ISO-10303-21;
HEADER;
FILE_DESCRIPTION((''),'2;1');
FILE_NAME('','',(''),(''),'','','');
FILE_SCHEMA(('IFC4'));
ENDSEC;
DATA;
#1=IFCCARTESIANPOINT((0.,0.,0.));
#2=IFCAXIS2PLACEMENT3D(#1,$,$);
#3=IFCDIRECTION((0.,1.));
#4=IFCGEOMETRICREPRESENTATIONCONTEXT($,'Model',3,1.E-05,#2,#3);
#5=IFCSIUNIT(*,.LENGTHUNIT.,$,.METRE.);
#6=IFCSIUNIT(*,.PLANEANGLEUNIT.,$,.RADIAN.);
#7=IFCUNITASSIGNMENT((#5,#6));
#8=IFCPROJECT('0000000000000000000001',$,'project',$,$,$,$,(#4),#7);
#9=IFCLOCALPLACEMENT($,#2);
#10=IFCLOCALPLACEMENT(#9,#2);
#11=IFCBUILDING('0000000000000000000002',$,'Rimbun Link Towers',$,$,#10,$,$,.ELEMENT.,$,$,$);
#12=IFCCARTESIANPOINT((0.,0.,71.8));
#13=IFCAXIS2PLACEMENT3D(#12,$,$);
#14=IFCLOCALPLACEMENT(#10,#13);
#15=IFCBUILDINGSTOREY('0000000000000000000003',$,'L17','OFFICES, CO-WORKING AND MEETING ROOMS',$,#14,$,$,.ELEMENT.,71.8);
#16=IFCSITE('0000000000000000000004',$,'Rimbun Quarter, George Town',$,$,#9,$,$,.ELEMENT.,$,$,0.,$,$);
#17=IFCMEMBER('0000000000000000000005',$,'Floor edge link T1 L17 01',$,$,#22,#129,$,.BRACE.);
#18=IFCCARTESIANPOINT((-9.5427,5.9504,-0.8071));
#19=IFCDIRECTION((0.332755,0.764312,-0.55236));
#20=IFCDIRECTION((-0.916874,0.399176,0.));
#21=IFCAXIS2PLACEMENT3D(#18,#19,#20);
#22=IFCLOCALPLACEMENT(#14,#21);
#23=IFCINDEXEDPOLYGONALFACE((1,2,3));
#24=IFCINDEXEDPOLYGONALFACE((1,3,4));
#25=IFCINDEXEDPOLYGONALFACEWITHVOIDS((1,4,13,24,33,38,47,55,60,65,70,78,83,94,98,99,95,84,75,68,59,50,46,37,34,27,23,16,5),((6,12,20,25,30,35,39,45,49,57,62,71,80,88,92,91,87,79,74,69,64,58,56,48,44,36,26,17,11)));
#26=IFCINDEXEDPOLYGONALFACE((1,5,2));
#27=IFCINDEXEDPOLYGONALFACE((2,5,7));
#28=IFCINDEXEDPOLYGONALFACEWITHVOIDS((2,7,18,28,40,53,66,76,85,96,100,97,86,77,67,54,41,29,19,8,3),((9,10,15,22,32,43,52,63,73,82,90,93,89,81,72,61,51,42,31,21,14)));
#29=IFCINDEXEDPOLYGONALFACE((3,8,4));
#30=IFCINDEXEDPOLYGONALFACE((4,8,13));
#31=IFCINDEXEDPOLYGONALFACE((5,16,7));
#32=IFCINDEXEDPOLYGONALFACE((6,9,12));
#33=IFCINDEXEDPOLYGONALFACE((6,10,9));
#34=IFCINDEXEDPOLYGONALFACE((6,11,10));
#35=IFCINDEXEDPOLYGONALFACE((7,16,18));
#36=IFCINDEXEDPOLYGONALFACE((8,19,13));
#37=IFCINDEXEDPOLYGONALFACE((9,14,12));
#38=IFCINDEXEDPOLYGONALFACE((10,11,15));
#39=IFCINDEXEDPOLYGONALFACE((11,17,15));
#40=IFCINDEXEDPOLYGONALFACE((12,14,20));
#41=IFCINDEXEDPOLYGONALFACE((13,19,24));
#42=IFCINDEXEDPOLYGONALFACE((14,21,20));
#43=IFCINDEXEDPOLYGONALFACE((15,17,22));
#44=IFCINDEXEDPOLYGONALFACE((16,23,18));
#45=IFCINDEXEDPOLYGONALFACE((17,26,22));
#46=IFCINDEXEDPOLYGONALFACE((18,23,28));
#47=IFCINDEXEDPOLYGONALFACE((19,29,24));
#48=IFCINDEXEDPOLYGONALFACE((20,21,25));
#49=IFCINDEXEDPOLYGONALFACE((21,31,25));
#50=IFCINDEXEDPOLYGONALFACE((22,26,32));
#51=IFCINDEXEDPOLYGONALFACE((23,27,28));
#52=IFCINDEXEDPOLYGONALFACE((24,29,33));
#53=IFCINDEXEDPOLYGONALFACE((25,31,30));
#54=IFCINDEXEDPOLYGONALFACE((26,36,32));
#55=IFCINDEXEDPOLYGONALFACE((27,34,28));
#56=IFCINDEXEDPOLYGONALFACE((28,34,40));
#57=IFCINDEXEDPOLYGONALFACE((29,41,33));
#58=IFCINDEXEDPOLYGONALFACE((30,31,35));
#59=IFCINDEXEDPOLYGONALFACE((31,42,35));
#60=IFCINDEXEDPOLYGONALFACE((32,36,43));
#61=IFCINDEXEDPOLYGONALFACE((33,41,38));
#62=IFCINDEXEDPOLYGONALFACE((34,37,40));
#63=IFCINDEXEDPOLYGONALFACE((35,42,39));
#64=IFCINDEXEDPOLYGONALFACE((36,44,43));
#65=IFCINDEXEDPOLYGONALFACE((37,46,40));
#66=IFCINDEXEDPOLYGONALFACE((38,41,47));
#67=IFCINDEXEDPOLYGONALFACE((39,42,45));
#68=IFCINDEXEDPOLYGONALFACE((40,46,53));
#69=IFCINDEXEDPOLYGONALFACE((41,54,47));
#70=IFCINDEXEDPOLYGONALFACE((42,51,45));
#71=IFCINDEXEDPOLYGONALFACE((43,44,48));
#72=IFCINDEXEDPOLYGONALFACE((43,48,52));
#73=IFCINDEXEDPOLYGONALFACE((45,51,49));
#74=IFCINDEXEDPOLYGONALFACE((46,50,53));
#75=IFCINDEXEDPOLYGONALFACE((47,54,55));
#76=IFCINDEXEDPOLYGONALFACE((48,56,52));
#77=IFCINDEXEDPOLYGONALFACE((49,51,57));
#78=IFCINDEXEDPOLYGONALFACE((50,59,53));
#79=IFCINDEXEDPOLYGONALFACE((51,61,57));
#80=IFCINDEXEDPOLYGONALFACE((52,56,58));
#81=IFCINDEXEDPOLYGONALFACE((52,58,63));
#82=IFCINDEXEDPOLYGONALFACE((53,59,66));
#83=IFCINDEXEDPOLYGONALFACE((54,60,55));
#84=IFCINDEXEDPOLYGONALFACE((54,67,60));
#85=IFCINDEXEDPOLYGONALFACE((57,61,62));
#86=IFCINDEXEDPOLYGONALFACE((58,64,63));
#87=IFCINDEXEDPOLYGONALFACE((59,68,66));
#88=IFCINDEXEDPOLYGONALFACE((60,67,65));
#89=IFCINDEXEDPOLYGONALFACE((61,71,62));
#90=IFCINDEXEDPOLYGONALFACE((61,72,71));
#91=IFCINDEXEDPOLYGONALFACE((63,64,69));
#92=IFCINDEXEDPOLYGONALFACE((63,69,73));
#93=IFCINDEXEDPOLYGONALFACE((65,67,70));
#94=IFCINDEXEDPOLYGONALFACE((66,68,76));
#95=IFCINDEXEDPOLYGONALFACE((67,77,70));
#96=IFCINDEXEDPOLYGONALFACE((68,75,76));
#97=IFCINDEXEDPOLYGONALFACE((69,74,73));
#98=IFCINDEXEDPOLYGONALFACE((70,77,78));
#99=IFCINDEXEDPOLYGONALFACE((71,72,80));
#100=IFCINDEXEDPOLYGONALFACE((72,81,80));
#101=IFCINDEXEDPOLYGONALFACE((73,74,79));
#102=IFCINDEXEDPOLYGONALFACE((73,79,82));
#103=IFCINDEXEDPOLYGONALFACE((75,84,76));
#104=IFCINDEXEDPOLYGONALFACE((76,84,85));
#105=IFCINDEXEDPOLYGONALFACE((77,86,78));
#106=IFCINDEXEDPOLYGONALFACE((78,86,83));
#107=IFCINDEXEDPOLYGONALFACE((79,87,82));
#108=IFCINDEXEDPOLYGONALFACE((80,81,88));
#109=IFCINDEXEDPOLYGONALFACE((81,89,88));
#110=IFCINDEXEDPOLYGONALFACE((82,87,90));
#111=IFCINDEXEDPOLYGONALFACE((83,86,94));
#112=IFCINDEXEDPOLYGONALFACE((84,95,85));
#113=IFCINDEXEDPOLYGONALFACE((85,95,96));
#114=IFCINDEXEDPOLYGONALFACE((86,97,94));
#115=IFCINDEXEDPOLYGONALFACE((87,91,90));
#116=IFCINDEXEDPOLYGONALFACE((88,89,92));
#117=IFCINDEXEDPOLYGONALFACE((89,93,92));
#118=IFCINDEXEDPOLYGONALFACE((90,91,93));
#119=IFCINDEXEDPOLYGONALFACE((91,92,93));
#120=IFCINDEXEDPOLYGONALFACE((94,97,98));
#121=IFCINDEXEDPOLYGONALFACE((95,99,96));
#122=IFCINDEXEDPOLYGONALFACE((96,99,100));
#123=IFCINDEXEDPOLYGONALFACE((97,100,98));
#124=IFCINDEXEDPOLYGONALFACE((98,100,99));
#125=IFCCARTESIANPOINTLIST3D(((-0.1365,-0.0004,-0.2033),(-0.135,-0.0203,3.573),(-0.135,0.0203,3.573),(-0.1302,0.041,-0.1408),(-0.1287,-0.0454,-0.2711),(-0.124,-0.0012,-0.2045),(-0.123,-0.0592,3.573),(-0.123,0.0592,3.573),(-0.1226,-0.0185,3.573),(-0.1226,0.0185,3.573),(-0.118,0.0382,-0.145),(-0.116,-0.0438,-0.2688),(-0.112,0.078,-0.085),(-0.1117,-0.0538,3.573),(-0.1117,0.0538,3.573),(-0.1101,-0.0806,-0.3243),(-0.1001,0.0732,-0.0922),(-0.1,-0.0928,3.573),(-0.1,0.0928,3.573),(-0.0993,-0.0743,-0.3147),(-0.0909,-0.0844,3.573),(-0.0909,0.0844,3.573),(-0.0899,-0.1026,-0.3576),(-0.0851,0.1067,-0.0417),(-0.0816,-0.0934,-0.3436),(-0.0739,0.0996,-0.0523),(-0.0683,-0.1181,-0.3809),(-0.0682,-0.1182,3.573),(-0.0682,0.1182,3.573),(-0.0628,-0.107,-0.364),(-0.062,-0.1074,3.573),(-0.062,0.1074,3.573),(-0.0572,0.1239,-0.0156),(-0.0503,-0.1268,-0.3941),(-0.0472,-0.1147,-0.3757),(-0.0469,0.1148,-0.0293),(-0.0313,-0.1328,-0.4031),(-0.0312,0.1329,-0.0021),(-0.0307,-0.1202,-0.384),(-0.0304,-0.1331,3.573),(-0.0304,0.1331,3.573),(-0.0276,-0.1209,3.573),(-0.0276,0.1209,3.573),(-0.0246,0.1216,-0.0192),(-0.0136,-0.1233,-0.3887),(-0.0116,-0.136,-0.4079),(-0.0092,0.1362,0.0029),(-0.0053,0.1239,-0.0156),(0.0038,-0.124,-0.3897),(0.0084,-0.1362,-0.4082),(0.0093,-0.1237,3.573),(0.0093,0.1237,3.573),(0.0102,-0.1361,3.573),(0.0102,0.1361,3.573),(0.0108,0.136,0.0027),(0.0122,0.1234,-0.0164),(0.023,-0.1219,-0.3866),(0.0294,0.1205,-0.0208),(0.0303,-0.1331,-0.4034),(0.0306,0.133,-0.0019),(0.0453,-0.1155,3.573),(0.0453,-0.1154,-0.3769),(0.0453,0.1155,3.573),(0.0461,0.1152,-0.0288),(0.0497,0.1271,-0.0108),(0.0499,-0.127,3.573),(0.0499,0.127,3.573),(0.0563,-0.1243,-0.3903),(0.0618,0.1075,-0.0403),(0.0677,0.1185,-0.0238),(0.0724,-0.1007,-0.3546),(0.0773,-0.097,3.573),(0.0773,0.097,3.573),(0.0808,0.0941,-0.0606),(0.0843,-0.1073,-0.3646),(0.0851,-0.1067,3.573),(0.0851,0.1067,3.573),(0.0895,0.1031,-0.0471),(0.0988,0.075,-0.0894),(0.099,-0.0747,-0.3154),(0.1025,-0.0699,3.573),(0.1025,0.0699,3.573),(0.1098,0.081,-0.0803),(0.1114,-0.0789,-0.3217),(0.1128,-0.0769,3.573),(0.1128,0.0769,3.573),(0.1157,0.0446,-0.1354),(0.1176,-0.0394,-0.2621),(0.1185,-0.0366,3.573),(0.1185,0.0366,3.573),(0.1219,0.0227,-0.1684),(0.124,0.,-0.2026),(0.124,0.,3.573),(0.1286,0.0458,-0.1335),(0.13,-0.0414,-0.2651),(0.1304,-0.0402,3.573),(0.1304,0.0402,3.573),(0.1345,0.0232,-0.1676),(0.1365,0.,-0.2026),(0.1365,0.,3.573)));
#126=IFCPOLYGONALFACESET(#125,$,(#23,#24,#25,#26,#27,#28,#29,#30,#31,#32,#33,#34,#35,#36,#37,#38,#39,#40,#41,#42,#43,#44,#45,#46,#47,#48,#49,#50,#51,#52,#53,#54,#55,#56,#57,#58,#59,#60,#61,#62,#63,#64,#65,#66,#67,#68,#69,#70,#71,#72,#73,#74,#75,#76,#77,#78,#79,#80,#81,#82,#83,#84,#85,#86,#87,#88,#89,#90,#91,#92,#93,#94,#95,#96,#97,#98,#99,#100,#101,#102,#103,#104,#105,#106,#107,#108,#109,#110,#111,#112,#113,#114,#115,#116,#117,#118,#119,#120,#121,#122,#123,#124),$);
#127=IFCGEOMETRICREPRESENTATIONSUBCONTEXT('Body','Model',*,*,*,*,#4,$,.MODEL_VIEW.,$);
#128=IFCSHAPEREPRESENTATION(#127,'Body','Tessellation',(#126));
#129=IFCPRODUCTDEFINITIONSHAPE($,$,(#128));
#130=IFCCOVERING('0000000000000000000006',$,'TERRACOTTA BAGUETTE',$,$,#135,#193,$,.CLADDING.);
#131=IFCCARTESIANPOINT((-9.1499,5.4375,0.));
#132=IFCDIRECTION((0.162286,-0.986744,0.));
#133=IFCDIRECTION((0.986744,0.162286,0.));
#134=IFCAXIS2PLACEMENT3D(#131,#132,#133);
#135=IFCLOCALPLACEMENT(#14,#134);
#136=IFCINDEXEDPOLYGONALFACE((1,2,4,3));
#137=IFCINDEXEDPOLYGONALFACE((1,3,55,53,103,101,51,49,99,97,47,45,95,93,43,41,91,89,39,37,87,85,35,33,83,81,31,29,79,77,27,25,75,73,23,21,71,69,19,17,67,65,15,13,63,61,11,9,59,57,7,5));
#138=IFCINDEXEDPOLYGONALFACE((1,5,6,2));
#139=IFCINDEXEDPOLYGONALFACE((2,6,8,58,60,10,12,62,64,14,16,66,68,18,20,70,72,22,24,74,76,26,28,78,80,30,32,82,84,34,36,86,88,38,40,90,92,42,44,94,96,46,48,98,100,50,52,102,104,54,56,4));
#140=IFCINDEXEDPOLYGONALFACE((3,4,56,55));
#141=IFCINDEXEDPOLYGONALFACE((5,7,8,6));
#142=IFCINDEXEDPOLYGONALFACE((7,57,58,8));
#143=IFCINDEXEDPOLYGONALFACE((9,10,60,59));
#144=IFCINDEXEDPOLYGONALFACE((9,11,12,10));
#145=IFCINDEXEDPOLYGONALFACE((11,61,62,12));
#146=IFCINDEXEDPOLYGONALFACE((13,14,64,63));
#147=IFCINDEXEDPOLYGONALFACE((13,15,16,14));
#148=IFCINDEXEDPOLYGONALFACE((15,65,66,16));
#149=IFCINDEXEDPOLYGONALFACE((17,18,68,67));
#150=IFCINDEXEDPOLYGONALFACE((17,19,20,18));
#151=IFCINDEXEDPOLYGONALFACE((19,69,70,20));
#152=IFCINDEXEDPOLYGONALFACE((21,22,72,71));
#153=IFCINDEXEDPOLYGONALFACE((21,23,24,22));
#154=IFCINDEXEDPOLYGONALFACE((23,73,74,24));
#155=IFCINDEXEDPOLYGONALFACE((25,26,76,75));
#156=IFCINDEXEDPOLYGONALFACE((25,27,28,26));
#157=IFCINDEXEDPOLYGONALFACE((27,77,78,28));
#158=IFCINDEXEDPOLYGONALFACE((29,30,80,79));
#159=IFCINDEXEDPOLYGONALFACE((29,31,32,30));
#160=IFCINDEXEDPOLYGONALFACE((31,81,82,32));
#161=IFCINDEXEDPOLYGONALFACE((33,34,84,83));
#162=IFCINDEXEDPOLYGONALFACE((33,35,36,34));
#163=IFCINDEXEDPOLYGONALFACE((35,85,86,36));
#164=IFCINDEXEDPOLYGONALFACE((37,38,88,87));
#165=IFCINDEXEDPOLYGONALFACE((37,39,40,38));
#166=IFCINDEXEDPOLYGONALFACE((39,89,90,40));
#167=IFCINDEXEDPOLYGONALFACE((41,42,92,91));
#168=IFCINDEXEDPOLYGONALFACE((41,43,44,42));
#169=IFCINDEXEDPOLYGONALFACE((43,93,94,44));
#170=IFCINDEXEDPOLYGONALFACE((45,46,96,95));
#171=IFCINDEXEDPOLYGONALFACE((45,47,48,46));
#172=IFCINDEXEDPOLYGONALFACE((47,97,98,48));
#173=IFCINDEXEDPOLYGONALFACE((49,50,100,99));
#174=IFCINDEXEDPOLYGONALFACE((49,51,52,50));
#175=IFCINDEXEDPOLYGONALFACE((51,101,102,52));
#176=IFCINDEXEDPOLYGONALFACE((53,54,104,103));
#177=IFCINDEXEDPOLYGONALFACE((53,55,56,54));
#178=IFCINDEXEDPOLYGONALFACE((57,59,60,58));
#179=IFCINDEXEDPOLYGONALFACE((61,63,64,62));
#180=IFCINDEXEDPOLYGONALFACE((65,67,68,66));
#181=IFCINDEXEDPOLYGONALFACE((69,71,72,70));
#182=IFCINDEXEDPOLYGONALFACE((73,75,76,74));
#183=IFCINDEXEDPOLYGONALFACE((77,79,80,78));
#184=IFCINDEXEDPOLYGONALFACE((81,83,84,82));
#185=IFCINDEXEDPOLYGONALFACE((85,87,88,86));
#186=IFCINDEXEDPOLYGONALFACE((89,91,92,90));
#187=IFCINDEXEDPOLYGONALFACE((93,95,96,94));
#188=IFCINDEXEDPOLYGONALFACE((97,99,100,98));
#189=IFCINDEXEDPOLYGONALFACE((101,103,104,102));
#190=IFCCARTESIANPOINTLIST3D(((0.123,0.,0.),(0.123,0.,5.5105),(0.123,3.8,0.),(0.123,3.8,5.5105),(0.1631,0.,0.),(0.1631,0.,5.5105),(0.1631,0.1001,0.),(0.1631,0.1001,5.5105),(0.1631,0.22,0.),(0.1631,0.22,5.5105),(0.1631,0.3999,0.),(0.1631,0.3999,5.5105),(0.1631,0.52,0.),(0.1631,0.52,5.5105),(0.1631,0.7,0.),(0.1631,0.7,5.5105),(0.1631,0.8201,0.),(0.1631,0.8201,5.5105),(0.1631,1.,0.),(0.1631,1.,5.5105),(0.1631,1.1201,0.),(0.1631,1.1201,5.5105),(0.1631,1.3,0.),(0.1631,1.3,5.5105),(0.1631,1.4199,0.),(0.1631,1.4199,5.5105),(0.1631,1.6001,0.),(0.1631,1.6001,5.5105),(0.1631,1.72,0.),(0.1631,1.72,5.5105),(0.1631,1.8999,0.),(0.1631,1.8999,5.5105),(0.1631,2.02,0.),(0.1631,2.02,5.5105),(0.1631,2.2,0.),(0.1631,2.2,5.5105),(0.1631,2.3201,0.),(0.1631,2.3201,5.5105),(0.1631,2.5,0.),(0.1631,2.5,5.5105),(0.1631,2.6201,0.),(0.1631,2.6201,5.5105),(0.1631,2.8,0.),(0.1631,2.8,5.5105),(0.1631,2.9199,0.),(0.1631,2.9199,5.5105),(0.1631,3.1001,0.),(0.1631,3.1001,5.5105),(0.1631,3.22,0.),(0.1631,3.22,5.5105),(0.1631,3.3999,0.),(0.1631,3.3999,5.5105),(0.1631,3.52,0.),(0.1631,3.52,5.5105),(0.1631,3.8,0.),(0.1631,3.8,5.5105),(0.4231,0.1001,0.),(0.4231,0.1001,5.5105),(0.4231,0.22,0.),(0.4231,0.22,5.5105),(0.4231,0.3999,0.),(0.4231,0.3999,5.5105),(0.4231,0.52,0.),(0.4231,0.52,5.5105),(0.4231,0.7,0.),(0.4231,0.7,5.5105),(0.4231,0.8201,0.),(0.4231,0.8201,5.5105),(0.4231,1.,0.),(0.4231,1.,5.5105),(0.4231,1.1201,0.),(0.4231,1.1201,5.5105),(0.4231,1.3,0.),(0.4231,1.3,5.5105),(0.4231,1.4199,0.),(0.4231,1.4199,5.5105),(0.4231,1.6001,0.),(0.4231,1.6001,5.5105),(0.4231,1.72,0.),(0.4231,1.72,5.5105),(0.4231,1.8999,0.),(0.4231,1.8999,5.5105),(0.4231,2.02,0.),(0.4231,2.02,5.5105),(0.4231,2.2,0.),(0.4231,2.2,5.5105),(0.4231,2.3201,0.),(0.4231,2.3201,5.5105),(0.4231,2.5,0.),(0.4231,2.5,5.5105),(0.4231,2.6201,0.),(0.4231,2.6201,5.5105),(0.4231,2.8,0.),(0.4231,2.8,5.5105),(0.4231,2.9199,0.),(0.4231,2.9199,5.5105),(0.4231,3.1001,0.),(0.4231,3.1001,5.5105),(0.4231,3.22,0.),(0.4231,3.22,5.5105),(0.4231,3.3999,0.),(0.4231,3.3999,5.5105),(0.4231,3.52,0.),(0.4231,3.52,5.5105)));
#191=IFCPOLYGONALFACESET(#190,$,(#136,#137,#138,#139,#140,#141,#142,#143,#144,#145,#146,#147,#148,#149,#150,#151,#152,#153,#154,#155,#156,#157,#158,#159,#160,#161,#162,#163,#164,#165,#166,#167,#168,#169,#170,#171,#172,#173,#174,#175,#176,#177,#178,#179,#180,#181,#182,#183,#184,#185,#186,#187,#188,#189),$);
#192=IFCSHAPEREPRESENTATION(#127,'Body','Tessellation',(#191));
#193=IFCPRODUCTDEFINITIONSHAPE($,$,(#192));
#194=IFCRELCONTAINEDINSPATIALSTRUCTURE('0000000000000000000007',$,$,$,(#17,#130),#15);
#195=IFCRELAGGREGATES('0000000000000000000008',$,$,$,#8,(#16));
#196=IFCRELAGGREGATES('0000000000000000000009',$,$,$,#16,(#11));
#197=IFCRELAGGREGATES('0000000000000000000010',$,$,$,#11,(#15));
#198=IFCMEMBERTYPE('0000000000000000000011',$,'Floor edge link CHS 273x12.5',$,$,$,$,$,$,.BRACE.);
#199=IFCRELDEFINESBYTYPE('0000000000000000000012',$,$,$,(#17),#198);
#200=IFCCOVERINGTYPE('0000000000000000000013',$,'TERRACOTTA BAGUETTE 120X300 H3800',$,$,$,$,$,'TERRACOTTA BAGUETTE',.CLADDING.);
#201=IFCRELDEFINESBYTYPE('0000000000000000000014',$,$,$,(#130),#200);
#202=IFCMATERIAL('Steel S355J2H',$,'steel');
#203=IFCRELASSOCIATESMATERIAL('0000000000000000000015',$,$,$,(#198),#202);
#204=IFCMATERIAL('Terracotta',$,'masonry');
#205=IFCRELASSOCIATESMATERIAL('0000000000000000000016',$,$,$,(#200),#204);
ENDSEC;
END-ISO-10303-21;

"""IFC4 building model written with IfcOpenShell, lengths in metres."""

from ifc_helpers import new_model, si_unit, direction, frame, origin, origin_2d, place, context, subcontext, project, spatial, polyline, hollow_circle, outline, extrude, clip, halfspace, material, material_profile, profile_set, type_object, element, save


model = new_model("IFC4")

# Units and contexts
model_context = context("Model", 3, precision=1e-05, world=origin(), true_north=direction((0.0, 1.0)))
body_context = subcontext(model_context, "Body", "Model", "MODEL_VIEW")
ifc_project = project(units=[si_unit("LENGTHUNIT", "METRE"), si_unit("PLANEANGLEUNIT", "RADIAN")], contexts=[model_context])

# Site, building, storey
site_placement = place(None, origin())
site = spatial("IfcSite", under=ifc_project, at=site_placement, Name="Rimbun Quarter, George Town", CompositionType="ELEMENT", RefElevation=0.0)
building_placement = place(site_placement, origin())
building = spatial("IfcBuilding", under=site, at=building_placement, Name="Rimbun Link Towers", CompositionType="ELEMENT")
storey_placement = place(building_placement, frame((0.0, 0.0, 71.8)))
storey = spatial("IfcBuildingStorey", under=building, at=storey_placement, Name="L17", Description="OFFICES, CO-WORKING AND MEETING ROOMS", CompositionType="ELEMENT", Elevation=71.8)

# Member
ifc_material_1 = material(Name="Steel S355J2H", Category="steel")
ifc_material_profile_1 = material_profile(ifc_material_1, hollow_circle(Radius=0.1365, WallThickness=0.0125, at=origin_2d()), Name="CHS 273x12.5")
ifc_profile_set_1 = profile_set([ifc_material_profile_1], Name="Steel S355J2H")
member_type_1 = type_object("IfcMemberType", Name="Floor edge link CHS 273x12.5", PredefinedType="BRACE", material=ifc_profile_set_1)
member_1_placement = place(storey_placement, frame((-9.5427, 5.9504, -0.8071), z_axis=(0.332755, 0.764312, -0.55236), x_axis=(-0.916874, 0.399176, 0.0)))
element("IfcMember", 1, at=member_1_placement, inside=storey, type_object=member_type_1, Name="Floor edge link T1 L17 01", PredefinedType="BRACE", context=body_context, shape_type="Clipping", body=[
    clip(extrude(hollow_circle(Radius=0.1365, WallThickness=0.0125, at=origin_2d()), frame((0.0, 0.0, -0.4302)), (0.0, 0.0, 1.0), 4.0032), halfspace(frame((0.0, 0.0, -0.2026), z_axis=(0.0, 0.833606, -0.55236)), False)),
])

# Covering
ifc_material_2 = material(Name="Terracotta", Category="masonry")
ifc_material_profile_2 = material_profile(ifc_material_2, outline(polyline([(0.123, 0.0), (0.1631, 0.0), (0.1631, 0.1001), (0.4231, 0.1001), (0.4231, 0.22), (0.1631, 0.22), (0.1631, 0.3999), (0.4231, 0.3999), (0.4231, 0.52), (0.1631, 0.52), (0.1631, 0.7), (0.4231, 0.7), (0.4231, 0.8201), (0.1631, 0.8201), (0.1631, 1.0), (0.4231, 1.0), (0.4231, 1.1201), (0.1631, 1.1201), (0.1631, 1.3), (0.4231, 1.3), (0.4231, 1.4199), (0.1631, 1.4199), (0.1631, 1.6001), (0.4231, 1.6001), (0.4231, 1.72), (0.1631, 1.72), (0.1631, 1.8999), (0.4231, 1.8999), (0.4231, 2.02), (0.1631, 2.02), (0.1631, 2.2), (0.4231, 2.2), (0.4231, 2.3201), (0.1631, 2.3201), (0.1631, 2.5), (0.4231, 2.5), (0.4231, 2.6201), (0.1631, 2.6201), (0.1631, 2.8), (0.4231, 2.8), (0.4231, 2.9199), (0.1631, 2.9199), (0.1631, 3.1001), (0.4231, 3.1001), (0.4231, 3.22), (0.1631, 3.22), (0.1631, 3.3999), (0.4231, 3.3999), (0.4231, 3.52), (0.1631, 3.52), (0.1631, 3.8), (0.123, 3.8), (0.123, 0.0)])), Name="BAGUETTE 120X300")
ifc_profile_set_2 = profile_set([ifc_material_profile_2], Name="Terracotta")
covering_type_1 = type_object("IfcCoveringType", Name="TERRACOTTA BAGUETTE 120X300 H3800", ElementType="TERRACOTTA BAGUETTE", PredefinedType="CLADDING", material=ifc_profile_set_2)
covering_1_placement = place(storey_placement, frame((-9.1499, 5.4375, 0.0), z_axis=(0.162286, -0.986744, 0.0), x_axis=(0.986744, 0.162286, 0.0)))
element("IfcCovering", 2, at=covering_1_placement, inside=storey, type_object=covering_type_1, Name="TERRACOTTA BAGUETTE", PredefinedType="CLADDING", context=body_context, shape_type="SweptSolid", body=[
    extrude(outline(polyline([(0.123, 0.0), (0.1631, 0.0), (0.1631, 0.1001), (0.4231, 0.1001), (0.4231, 0.22), (0.1631, 0.22), (0.1631, 0.3999), (0.4231, 0.3999), (0.4231, 0.52), (0.1631, 0.52), (0.1631, 0.7), (0.4231, 0.7), (0.4231, 0.8201), (0.1631, 0.8201), (0.1631, 1.0), (0.4231, 1.0), (0.4231, 1.1201), (0.1631, 1.1201), (0.1631, 1.3), (0.4231, 1.3), (0.4231, 1.4199), (0.1631, 1.4199), (0.1631, 1.6001), (0.4231, 1.6001), (0.4231, 1.72), (0.1631, 1.72), (0.1631, 1.8999), (0.4231, 1.8999), (0.4231, 2.02), (0.1631, 2.02), (0.1631, 2.2), (0.4231, 2.2), (0.4231, 2.3201), (0.1631, 2.3201), (0.1631, 2.5), (0.4231, 2.5), (0.4231, 2.6201), (0.1631, 2.6201), (0.1631, 2.8), (0.4231, 2.8), (0.4231, 2.9199), (0.1631, 2.9199), (0.1631, 3.1001), (0.4231, 3.1001), (0.4231, 3.22), (0.1631, 3.22), (0.1631, 3.3999), (0.4231, 3.3999), (0.4231, 3.52), (0.1631, 3.52), (0.1631, 3.8), (0.123, 3.8), (0.123, 0.0)])), origin(), (0.0, 0.0, 1.0), 5.5105),
])

save(model, "model.ifc")
